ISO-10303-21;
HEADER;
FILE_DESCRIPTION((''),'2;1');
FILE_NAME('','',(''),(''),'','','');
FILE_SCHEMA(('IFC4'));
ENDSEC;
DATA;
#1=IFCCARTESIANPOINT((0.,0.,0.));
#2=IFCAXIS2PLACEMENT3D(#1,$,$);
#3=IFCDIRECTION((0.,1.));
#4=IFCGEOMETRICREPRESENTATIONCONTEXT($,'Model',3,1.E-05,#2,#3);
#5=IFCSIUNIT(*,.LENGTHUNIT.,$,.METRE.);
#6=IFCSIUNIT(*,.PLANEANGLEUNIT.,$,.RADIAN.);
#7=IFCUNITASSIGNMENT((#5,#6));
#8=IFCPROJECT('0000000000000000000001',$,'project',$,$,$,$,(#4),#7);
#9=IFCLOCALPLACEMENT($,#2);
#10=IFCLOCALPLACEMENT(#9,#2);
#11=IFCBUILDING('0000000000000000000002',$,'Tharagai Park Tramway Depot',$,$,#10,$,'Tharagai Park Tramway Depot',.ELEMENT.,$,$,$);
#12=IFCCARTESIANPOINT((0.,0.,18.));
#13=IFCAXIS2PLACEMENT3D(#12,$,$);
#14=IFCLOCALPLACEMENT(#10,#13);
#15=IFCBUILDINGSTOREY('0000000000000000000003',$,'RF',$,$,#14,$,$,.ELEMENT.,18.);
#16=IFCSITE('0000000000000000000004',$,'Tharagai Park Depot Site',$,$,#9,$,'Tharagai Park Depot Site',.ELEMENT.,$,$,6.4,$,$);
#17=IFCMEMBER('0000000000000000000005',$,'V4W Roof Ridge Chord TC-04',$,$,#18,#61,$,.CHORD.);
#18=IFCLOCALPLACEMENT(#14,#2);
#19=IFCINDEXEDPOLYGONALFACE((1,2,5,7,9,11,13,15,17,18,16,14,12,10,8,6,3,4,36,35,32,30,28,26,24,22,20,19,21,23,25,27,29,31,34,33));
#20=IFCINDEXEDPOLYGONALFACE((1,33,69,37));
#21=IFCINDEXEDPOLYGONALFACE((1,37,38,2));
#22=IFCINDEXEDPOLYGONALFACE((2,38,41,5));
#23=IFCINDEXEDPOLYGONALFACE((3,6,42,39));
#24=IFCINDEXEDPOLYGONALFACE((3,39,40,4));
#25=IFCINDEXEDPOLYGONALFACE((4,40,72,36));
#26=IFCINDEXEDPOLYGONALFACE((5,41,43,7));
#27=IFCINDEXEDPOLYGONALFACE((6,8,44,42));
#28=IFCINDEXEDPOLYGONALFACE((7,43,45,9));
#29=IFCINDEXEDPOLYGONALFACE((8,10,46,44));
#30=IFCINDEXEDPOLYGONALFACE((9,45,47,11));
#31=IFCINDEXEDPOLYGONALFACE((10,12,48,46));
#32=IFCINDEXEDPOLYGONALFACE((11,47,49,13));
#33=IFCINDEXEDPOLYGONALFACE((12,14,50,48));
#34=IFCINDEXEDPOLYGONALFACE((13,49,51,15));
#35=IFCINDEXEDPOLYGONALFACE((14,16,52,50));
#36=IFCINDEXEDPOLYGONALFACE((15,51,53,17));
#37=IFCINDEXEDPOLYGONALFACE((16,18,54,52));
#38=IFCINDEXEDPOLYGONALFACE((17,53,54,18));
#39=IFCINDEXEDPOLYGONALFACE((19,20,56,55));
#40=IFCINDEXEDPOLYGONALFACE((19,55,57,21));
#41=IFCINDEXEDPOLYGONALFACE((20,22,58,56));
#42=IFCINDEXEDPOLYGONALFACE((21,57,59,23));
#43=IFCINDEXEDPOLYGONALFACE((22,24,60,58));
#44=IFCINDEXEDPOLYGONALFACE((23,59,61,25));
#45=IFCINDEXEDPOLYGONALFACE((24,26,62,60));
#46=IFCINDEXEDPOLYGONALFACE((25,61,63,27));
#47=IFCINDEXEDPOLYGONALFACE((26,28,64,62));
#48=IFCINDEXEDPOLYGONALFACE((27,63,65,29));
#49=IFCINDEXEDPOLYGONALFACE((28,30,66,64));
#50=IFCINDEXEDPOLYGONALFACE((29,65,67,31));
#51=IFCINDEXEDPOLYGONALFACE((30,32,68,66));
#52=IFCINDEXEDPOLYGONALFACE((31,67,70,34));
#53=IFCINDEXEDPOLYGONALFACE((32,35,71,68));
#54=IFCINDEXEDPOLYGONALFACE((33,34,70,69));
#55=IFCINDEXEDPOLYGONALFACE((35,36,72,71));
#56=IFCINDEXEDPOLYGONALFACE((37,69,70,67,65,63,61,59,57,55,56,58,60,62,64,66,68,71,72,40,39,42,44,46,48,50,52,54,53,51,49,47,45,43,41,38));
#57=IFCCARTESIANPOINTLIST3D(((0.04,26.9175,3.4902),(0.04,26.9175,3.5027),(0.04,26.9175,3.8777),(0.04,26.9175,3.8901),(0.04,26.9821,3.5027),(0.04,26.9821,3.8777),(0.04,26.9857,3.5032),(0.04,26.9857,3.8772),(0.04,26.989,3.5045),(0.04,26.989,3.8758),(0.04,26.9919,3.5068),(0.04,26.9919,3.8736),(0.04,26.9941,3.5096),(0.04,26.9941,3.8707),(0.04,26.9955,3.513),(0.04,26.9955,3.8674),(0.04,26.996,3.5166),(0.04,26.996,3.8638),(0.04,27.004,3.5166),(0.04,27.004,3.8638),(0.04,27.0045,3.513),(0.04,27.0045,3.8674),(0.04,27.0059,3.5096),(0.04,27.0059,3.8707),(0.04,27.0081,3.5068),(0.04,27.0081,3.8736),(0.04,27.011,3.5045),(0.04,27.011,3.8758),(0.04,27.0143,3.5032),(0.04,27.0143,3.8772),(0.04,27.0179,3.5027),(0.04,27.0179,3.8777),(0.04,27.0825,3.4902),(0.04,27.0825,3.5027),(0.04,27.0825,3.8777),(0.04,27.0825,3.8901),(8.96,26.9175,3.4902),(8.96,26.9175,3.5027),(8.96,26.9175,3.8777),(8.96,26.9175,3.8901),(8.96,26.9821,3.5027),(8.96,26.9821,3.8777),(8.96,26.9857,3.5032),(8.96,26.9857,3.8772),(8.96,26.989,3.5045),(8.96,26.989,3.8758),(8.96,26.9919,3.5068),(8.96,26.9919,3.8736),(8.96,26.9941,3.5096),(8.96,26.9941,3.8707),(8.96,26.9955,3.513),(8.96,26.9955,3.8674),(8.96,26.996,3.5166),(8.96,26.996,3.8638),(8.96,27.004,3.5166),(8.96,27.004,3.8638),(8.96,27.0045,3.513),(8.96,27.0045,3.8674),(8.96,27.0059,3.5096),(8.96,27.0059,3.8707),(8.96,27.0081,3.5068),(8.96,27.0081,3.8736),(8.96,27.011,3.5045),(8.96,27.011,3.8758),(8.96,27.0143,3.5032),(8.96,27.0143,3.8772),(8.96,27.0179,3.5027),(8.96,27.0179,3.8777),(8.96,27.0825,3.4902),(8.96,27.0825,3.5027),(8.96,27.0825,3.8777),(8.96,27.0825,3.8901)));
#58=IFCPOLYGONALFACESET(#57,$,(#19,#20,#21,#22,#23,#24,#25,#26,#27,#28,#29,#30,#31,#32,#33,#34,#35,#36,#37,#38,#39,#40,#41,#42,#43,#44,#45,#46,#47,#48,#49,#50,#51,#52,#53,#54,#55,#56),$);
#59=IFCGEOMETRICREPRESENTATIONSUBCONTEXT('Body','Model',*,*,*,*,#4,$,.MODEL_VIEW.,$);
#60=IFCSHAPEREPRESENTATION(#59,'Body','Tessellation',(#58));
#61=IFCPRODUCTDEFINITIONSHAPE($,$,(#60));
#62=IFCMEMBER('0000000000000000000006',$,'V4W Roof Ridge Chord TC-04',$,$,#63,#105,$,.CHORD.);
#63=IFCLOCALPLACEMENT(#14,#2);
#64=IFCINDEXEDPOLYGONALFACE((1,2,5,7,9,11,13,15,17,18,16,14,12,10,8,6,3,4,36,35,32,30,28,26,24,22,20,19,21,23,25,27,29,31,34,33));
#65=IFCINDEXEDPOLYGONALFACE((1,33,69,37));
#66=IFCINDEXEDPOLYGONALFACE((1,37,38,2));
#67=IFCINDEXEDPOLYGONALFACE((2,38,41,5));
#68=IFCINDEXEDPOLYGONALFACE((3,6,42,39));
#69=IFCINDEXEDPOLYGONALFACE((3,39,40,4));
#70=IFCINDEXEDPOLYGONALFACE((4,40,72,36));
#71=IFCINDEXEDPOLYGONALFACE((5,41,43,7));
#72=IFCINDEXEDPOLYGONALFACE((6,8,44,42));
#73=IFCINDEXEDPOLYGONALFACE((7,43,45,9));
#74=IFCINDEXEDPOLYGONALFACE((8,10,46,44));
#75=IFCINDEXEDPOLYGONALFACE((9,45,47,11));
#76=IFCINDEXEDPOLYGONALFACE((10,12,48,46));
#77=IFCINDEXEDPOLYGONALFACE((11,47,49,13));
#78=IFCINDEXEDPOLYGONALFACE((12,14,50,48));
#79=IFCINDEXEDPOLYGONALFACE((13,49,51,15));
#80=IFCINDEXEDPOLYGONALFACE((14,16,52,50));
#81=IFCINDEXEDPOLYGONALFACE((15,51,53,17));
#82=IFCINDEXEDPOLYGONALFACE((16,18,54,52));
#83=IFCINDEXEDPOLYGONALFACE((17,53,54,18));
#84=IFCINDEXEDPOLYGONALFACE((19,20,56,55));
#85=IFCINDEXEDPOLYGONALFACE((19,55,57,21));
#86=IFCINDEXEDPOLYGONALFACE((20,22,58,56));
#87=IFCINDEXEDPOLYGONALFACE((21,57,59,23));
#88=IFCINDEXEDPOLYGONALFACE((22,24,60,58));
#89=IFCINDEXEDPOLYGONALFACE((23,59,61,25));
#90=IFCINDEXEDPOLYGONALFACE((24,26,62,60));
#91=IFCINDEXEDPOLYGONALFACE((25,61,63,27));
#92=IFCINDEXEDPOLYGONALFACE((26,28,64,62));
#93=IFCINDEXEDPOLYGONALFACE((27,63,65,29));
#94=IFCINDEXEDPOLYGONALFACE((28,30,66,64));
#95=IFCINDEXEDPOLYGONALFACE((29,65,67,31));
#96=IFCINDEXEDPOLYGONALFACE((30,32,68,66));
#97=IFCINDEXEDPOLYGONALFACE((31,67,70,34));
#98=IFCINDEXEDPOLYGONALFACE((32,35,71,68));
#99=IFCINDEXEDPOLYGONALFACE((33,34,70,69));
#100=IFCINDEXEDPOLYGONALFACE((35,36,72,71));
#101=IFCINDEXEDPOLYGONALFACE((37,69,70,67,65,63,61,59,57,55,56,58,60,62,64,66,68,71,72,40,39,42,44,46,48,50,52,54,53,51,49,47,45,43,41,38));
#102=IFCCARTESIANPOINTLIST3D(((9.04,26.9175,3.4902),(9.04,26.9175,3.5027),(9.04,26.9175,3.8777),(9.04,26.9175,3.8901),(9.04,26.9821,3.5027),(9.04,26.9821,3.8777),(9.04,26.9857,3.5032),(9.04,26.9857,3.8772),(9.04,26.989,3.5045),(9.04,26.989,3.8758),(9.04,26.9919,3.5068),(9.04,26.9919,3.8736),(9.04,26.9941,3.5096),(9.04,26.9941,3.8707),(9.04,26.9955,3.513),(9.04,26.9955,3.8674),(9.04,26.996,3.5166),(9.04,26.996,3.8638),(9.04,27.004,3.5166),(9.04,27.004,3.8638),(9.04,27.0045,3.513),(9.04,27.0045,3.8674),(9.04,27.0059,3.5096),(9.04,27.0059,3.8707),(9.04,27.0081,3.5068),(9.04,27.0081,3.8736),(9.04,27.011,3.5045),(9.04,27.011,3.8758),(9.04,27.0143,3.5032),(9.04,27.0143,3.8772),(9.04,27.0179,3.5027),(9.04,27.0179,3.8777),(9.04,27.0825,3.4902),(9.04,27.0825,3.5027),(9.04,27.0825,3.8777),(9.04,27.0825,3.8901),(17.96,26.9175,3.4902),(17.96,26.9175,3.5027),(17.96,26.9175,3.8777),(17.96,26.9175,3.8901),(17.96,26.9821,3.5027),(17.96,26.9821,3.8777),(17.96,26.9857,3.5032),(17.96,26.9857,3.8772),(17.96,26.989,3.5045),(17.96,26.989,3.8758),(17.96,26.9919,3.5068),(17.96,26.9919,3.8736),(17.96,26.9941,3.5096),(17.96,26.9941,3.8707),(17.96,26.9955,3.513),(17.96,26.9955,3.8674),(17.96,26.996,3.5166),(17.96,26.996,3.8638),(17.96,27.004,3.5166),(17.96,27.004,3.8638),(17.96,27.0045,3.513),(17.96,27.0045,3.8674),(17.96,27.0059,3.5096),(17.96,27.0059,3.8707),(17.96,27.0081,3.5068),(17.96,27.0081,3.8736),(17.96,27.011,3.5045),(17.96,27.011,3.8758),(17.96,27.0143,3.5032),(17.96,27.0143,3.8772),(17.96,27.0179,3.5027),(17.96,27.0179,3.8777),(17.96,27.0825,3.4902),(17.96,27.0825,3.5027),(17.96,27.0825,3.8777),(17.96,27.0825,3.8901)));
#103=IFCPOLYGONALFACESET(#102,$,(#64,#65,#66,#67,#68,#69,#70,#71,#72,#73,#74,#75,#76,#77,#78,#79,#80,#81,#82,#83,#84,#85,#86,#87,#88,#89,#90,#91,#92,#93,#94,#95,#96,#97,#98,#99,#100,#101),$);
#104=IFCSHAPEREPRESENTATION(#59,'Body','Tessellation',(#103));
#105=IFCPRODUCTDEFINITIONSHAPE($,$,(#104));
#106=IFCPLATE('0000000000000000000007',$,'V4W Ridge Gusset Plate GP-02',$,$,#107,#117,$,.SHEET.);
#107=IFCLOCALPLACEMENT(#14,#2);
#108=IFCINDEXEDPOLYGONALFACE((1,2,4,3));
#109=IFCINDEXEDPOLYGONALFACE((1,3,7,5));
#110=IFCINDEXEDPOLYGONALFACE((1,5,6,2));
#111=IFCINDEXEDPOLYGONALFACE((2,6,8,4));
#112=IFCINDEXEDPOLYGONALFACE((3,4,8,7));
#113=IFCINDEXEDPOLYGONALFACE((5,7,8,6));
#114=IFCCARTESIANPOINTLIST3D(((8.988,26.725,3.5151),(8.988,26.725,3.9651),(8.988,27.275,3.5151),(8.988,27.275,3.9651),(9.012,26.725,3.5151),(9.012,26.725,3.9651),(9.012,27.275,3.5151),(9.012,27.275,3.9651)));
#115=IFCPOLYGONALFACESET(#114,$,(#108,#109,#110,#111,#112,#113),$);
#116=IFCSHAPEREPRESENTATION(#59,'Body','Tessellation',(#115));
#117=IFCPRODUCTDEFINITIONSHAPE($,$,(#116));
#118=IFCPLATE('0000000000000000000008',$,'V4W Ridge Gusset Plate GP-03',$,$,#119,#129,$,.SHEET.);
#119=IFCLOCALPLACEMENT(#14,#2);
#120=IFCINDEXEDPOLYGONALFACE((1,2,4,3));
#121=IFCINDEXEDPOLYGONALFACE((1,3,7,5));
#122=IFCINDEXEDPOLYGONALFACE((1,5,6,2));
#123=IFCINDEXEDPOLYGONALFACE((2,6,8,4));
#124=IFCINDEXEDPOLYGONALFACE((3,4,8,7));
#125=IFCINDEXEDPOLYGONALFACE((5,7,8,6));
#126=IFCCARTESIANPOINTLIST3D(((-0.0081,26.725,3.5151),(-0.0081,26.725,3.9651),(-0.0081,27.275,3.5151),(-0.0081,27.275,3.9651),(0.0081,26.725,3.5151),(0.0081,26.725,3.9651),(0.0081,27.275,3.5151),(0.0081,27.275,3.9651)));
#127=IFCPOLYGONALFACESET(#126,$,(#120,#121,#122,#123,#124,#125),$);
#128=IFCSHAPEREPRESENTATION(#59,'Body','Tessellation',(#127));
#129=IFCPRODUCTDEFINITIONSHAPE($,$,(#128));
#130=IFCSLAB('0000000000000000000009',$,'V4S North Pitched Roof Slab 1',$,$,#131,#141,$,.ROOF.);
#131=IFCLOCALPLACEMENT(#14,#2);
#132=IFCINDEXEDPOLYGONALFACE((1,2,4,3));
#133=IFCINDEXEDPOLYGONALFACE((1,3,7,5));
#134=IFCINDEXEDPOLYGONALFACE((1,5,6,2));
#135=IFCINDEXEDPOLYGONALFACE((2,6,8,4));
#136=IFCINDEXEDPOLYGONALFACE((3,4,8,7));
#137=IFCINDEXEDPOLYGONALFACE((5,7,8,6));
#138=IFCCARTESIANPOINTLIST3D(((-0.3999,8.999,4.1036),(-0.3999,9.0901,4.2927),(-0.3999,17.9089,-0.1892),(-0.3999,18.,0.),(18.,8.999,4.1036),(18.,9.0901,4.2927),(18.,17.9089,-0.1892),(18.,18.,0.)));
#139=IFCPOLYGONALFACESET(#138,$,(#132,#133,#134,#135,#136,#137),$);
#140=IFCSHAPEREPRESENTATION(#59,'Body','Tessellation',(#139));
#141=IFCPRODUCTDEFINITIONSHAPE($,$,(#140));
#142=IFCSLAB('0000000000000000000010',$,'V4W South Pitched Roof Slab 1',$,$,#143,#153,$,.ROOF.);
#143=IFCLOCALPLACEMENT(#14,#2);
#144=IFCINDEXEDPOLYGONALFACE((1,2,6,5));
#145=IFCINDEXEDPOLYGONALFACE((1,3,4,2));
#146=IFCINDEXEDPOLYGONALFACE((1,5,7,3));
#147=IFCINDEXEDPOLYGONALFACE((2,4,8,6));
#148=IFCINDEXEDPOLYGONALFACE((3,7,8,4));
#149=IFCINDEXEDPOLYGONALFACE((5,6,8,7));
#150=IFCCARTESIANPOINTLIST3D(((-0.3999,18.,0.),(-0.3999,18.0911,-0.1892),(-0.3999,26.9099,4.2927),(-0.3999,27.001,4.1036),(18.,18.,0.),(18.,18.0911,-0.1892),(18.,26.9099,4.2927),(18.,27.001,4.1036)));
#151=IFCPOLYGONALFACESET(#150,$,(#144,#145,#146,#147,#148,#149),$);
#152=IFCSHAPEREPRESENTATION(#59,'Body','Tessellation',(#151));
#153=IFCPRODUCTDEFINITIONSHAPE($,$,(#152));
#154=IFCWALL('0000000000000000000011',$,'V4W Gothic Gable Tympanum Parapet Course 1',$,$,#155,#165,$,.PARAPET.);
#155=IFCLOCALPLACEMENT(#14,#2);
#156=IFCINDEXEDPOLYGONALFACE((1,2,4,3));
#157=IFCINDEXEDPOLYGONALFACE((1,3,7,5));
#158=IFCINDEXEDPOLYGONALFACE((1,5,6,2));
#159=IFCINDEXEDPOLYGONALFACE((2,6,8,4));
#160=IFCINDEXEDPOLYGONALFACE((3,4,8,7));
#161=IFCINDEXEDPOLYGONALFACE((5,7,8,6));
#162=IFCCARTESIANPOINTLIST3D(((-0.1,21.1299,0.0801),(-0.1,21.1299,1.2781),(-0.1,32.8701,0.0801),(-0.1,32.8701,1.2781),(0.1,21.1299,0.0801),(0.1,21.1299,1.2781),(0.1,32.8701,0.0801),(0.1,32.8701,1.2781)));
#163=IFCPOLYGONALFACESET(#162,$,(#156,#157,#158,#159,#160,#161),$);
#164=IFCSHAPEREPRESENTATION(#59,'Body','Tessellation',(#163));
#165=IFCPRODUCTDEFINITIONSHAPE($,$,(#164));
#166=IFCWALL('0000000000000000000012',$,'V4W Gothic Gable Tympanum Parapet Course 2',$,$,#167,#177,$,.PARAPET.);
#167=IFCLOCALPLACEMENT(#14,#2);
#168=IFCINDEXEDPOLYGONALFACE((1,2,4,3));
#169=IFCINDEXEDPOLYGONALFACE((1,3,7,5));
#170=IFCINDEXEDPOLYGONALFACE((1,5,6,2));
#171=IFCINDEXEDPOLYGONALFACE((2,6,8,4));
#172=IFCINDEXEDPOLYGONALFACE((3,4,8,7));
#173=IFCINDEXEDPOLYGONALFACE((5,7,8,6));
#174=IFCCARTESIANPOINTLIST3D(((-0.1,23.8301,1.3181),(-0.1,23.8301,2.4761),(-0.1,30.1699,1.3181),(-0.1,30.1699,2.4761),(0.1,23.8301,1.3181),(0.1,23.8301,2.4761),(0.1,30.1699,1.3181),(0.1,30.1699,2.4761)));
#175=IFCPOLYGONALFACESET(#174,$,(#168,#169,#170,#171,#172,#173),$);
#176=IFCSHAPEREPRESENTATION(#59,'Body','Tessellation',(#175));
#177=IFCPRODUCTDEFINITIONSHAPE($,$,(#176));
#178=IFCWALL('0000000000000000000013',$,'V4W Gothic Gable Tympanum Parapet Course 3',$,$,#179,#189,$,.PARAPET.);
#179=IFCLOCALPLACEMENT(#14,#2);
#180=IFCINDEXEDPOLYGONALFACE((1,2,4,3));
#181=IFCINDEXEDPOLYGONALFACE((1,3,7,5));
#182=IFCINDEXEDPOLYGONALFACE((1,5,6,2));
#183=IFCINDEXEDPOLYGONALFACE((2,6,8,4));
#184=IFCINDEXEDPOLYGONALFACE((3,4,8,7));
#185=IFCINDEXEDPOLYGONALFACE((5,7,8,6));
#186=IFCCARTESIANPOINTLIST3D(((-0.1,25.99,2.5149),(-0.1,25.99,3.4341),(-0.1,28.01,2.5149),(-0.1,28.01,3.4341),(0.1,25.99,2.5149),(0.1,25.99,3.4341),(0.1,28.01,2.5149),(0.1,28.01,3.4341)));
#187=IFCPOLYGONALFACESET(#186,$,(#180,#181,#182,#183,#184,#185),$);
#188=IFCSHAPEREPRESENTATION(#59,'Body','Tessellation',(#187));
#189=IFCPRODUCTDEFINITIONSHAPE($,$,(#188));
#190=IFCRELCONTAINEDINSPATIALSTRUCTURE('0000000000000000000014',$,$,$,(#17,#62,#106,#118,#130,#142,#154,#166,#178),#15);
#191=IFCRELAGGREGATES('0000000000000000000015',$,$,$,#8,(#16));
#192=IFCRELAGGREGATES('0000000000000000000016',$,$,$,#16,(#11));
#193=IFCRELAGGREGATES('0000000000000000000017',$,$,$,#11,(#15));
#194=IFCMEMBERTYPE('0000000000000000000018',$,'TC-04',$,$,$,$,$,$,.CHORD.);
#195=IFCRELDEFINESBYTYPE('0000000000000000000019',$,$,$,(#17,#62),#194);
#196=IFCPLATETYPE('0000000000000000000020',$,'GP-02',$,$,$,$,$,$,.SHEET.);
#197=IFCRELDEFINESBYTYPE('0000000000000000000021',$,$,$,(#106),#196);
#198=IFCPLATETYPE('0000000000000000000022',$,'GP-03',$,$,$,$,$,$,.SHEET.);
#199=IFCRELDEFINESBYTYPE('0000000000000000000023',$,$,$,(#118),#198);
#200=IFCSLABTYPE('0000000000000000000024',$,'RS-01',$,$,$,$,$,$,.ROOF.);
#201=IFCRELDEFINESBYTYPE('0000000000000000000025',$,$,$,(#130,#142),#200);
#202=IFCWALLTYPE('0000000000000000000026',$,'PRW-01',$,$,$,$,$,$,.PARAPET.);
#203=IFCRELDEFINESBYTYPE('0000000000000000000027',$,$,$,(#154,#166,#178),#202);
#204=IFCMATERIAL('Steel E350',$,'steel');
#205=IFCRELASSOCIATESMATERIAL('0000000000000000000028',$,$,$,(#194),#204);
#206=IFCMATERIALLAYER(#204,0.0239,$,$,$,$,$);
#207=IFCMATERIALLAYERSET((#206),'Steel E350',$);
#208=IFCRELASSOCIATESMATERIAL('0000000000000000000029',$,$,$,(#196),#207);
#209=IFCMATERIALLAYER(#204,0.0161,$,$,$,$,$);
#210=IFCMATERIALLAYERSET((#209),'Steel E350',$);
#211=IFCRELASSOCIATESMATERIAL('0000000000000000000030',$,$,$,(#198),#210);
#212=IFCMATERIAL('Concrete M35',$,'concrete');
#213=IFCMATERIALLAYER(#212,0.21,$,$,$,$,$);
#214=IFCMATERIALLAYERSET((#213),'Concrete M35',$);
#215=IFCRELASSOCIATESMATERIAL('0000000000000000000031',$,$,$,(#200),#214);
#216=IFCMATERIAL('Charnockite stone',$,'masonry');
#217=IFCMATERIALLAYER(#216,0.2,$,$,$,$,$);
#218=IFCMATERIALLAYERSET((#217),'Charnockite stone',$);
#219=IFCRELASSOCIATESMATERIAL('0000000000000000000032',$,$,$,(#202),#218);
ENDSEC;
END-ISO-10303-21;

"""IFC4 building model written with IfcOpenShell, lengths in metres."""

from ifc_helpers import new_model, si_unit, direction, frame, frame_2d, origin, origin_2d, place, context, subcontext, project, spatial, polyline, rectangle, i_section, outline, extrude, material, layer, layer_set, material_profile, profile_set, type_object, element, save


model = new_model("IFC4")

# Units and contexts
model_context = context("Model", 3, precision=1e-05, world=origin(), true_north=direction((0.0, 1.0)))
body_context = subcontext(model_context, "Body", "Model", "MODEL_VIEW")
ifc_project = project(units=[si_unit("LENGTHUNIT", "METRE"), si_unit("PLANEANGLEUNIT", "RADIAN")], contexts=[model_context])

# Site, building, storey
site_placement = place(None, origin())
site = spatial("IfcSite", under=ifc_project, at=site_placement, Name="Tharagai Park Depot Site", LongName="Tharagai Park Depot Site", CompositionType="ELEMENT", RefElevation=6.4)
building_placement = place(site_placement, origin())
building = spatial("IfcBuilding", under=site, at=building_placement, Name="Tharagai Park Tramway Depot", LongName="Tharagai Park Tramway Depot", CompositionType="ELEMENT")
storey_placement = place(building_placement, frame((0.0, 0.0, 18.0)))
storey = spatial("IfcBuildingStorey", under=building, at=storey_placement, Name="RF", CompositionType="ELEMENT", Elevation=18.0)

# Shared definitions
ifc_material_1 = material(Name="Steel E350", Category="steel")

# Members
ifc_material_profile_1 = material_profile(ifc_material_1, i_section(OverallWidth=0.165, OverallDepth=0.3999, WebThickness=0.0081, FlangeThickness=0.0125, FilletRadius=0.0139, at=origin_2d()), Name="ISLB 400")
ifc_profile_set_1 = profile_set([ifc_material_profile_1], Name="Steel E350")
member_type_1 = type_object("IfcMemberType", Name="TC-04", PredefinedType="CHORD", material=ifc_profile_set_1)
for number, where, z_axis, x_axis, name in (
    (1, (0.04, 27.0, 3.6902), (1.0, 0.0, 0.0), (0.0, 1.0, 0.0), "V4W Roof Ridge Chord TC-04"),
    (2, (9.04, 27.0, 3.6902), (1.0, 0.0, 0.0), (0.0, 1.0, 0.0), "V4W Roof Ridge Chord TC-04"),
):
    element("IfcMember", number, at=place(storey_placement, frame(where, z_axis=z_axis, x_axis=x_axis)), inside=storey, type_object=member_type_1, Name=name, PredefinedType="CHORD", context=body_context, shape_type="SweptSolid", body=[
        extrude(i_section(OverallWidth=0.165, OverallDepth=0.3999, WebThickness=0.0081, FlangeThickness=0.0125, FilletRadius=0.0139, at=origin_2d()), origin(), (0.0, 0.0, 1.0), 8.9199),
    ])

# Plates
ifc_layer_1 = layer(ifc_material_1, 0.0239)
ifc_layer_set_1 = layer_set([ifc_layer_1], Name="Steel E350")
plate_type_1 = type_object("IfcPlateType", Name="GP-02", PredefinedType="SHEET", material=ifc_layer_set_1)
plate_1_placement = place(storey_placement, frame((9.0, 27.0, 3.5151), z_axis=(0.0, 0.0, 1.0), x_axis=(1.0, 0.0, 0.0)))
element("IfcPlate", 3, at=plate_1_placement, inside=storey, type_object=plate_type_1, Name="V4W Ridge Gusset Plate GP-02", PredefinedType="SHEET", context=body_context, shape_type="SweptSolid", body=[
    extrude(rectangle(XDim=0.0239, YDim=0.55, at=origin_2d()), origin(), (0.0, 0.0, 1.0), 0.45),
])
ifc_layer_2 = layer(ifc_material_1, 0.0161)
ifc_layer_set_2 = layer_set([ifc_layer_2], Name="Steel E350")
plate_type_2 = type_object("IfcPlateType", Name="GP-03", PredefinedType="SHEET", material=ifc_layer_set_2)
plate_2_placement = place(storey_placement, frame((0.0, 27.0, 3.5151), z_axis=(0.0, 0.0, 1.0), x_axis=(1.0, 0.0, 0.0)))
element("IfcPlate", 4, at=plate_2_placement, inside=storey, type_object=plate_type_2, Name="V4W Ridge Gusset Plate GP-03", PredefinedType="SHEET", context=body_context, shape_type="SweptSolid", body=[
    extrude(rectangle(XDim=0.0161, YDim=0.55, at=origin_2d()), origin(), (0.0, 0.0, 1.0), 0.45),
])

# Slabs
ifc_material_2 = material(Name="Concrete M35", Category="concrete")
ifc_layer_3 = layer(ifc_material_2, 0.21)
ifc_layer_set_3 = layer_set([ifc_layer_3], Name="Concrete M35")
slab_type = type_object("IfcSlabType", Name="RS-01", PredefinedType="ROOF", material=ifc_layer_set_3)
for number, where, z_axis, x_axis, name in (
    (5, (18.0, 18.0, 0.0), (0.0, 0.434043, 0.900892), (-1.0, 0.0, 0.0), "V4S North Pitched Roof Slab 1"),
    (6, (-0.3999, 18.0, 0.0), (0.0, -0.434043, 0.900892), (1.0, 0.0, 0.0), "V4W South Pitched Roof Slab 1"),
):
    element("IfcSlab", number, at=place(storey_placement, frame(where, z_axis=z_axis, x_axis=x_axis)), inside=storey, type_object=slab_type, Name=name, PredefinedType="ROOF", context=body_context, shape_type="SweptSolid", body=[
        extrude(outline(polyline([(0.0, 0.0), (18.3999, 0.0), (18.3999, 9.8901), (0.0, 9.8901), (0.0, 0.0)])), origin(), (0.0, 0.0, -1.0), 0.21),
    ])

# Walls
ifc_material_3 = material(Name="Charnockite stone", Category="masonry")
ifc_layer_4 = layer(ifc_material_3, 0.2)
ifc_layer_set_4 = layer_set([ifc_layer_4], Name="Charnockite stone")
wall_type = type_object("IfcWallType", Name="PRW-01", PredefinedType="PARAPET", material=ifc_layer_set_4)
wall_1_placement = place(storey_placement, frame((0.0, 21.1299, 0.0801), z_axis=(0.0, 0.0, 1.0), x_axis=(0.0, 1.0, 0.0)))
element("IfcWall", 7, at=wall_1_placement, inside=storey, type_object=wall_type, Name="V4W Gothic Gable Tympanum Parapet Course 1", PredefinedType="PARAPET", context=body_context, shape_type="SweptSolid", body=[
    extrude(rectangle(XDim=11.7402, YDim=0.2, at=frame_2d((5.8701, 0.0))), origin(), (0.0, 0.0, 1.0), 1.198),
])
wall_2_placement = place(storey_placement, frame((0.0, 23.8301, 1.3181), z_axis=(0.0, 0.0, 1.0), x_axis=(0.0, 1.0, 0.0)))
element("IfcWall", 8, at=wall_2_placement, inside=storey, type_object=wall_type, Name="V4W Gothic Gable Tympanum Parapet Course 2", PredefinedType="PARAPET", context=body_context, shape_type="SweptSolid", body=[
    extrude(rectangle(XDim=6.3398, YDim=0.2, at=frame_2d((3.1699, 0.0))), origin(), (0.0, 0.0, 1.0), 1.158),
])
wall_3_placement = place(storey_placement, frame((0.0, 25.99, 2.5149), z_axis=(0.0, 0.0, 1.0), x_axis=(0.0, 1.0, 0.0)))
element("IfcWall", 9, at=wall_3_placement, inside=storey, type_object=wall_type, Name="V4W Gothic Gable Tympanum Parapet Course 3", PredefinedType="PARAPET", context=body_context, shape_type="SweptSolid", body=[
    extrude(rectangle(XDim=2.02, YDim=0.2, at=frame_2d((1.01, 0.0))), origin(), (0.0, 0.0, 1.0), 0.9192),
])

save(model, "model.ifc")
